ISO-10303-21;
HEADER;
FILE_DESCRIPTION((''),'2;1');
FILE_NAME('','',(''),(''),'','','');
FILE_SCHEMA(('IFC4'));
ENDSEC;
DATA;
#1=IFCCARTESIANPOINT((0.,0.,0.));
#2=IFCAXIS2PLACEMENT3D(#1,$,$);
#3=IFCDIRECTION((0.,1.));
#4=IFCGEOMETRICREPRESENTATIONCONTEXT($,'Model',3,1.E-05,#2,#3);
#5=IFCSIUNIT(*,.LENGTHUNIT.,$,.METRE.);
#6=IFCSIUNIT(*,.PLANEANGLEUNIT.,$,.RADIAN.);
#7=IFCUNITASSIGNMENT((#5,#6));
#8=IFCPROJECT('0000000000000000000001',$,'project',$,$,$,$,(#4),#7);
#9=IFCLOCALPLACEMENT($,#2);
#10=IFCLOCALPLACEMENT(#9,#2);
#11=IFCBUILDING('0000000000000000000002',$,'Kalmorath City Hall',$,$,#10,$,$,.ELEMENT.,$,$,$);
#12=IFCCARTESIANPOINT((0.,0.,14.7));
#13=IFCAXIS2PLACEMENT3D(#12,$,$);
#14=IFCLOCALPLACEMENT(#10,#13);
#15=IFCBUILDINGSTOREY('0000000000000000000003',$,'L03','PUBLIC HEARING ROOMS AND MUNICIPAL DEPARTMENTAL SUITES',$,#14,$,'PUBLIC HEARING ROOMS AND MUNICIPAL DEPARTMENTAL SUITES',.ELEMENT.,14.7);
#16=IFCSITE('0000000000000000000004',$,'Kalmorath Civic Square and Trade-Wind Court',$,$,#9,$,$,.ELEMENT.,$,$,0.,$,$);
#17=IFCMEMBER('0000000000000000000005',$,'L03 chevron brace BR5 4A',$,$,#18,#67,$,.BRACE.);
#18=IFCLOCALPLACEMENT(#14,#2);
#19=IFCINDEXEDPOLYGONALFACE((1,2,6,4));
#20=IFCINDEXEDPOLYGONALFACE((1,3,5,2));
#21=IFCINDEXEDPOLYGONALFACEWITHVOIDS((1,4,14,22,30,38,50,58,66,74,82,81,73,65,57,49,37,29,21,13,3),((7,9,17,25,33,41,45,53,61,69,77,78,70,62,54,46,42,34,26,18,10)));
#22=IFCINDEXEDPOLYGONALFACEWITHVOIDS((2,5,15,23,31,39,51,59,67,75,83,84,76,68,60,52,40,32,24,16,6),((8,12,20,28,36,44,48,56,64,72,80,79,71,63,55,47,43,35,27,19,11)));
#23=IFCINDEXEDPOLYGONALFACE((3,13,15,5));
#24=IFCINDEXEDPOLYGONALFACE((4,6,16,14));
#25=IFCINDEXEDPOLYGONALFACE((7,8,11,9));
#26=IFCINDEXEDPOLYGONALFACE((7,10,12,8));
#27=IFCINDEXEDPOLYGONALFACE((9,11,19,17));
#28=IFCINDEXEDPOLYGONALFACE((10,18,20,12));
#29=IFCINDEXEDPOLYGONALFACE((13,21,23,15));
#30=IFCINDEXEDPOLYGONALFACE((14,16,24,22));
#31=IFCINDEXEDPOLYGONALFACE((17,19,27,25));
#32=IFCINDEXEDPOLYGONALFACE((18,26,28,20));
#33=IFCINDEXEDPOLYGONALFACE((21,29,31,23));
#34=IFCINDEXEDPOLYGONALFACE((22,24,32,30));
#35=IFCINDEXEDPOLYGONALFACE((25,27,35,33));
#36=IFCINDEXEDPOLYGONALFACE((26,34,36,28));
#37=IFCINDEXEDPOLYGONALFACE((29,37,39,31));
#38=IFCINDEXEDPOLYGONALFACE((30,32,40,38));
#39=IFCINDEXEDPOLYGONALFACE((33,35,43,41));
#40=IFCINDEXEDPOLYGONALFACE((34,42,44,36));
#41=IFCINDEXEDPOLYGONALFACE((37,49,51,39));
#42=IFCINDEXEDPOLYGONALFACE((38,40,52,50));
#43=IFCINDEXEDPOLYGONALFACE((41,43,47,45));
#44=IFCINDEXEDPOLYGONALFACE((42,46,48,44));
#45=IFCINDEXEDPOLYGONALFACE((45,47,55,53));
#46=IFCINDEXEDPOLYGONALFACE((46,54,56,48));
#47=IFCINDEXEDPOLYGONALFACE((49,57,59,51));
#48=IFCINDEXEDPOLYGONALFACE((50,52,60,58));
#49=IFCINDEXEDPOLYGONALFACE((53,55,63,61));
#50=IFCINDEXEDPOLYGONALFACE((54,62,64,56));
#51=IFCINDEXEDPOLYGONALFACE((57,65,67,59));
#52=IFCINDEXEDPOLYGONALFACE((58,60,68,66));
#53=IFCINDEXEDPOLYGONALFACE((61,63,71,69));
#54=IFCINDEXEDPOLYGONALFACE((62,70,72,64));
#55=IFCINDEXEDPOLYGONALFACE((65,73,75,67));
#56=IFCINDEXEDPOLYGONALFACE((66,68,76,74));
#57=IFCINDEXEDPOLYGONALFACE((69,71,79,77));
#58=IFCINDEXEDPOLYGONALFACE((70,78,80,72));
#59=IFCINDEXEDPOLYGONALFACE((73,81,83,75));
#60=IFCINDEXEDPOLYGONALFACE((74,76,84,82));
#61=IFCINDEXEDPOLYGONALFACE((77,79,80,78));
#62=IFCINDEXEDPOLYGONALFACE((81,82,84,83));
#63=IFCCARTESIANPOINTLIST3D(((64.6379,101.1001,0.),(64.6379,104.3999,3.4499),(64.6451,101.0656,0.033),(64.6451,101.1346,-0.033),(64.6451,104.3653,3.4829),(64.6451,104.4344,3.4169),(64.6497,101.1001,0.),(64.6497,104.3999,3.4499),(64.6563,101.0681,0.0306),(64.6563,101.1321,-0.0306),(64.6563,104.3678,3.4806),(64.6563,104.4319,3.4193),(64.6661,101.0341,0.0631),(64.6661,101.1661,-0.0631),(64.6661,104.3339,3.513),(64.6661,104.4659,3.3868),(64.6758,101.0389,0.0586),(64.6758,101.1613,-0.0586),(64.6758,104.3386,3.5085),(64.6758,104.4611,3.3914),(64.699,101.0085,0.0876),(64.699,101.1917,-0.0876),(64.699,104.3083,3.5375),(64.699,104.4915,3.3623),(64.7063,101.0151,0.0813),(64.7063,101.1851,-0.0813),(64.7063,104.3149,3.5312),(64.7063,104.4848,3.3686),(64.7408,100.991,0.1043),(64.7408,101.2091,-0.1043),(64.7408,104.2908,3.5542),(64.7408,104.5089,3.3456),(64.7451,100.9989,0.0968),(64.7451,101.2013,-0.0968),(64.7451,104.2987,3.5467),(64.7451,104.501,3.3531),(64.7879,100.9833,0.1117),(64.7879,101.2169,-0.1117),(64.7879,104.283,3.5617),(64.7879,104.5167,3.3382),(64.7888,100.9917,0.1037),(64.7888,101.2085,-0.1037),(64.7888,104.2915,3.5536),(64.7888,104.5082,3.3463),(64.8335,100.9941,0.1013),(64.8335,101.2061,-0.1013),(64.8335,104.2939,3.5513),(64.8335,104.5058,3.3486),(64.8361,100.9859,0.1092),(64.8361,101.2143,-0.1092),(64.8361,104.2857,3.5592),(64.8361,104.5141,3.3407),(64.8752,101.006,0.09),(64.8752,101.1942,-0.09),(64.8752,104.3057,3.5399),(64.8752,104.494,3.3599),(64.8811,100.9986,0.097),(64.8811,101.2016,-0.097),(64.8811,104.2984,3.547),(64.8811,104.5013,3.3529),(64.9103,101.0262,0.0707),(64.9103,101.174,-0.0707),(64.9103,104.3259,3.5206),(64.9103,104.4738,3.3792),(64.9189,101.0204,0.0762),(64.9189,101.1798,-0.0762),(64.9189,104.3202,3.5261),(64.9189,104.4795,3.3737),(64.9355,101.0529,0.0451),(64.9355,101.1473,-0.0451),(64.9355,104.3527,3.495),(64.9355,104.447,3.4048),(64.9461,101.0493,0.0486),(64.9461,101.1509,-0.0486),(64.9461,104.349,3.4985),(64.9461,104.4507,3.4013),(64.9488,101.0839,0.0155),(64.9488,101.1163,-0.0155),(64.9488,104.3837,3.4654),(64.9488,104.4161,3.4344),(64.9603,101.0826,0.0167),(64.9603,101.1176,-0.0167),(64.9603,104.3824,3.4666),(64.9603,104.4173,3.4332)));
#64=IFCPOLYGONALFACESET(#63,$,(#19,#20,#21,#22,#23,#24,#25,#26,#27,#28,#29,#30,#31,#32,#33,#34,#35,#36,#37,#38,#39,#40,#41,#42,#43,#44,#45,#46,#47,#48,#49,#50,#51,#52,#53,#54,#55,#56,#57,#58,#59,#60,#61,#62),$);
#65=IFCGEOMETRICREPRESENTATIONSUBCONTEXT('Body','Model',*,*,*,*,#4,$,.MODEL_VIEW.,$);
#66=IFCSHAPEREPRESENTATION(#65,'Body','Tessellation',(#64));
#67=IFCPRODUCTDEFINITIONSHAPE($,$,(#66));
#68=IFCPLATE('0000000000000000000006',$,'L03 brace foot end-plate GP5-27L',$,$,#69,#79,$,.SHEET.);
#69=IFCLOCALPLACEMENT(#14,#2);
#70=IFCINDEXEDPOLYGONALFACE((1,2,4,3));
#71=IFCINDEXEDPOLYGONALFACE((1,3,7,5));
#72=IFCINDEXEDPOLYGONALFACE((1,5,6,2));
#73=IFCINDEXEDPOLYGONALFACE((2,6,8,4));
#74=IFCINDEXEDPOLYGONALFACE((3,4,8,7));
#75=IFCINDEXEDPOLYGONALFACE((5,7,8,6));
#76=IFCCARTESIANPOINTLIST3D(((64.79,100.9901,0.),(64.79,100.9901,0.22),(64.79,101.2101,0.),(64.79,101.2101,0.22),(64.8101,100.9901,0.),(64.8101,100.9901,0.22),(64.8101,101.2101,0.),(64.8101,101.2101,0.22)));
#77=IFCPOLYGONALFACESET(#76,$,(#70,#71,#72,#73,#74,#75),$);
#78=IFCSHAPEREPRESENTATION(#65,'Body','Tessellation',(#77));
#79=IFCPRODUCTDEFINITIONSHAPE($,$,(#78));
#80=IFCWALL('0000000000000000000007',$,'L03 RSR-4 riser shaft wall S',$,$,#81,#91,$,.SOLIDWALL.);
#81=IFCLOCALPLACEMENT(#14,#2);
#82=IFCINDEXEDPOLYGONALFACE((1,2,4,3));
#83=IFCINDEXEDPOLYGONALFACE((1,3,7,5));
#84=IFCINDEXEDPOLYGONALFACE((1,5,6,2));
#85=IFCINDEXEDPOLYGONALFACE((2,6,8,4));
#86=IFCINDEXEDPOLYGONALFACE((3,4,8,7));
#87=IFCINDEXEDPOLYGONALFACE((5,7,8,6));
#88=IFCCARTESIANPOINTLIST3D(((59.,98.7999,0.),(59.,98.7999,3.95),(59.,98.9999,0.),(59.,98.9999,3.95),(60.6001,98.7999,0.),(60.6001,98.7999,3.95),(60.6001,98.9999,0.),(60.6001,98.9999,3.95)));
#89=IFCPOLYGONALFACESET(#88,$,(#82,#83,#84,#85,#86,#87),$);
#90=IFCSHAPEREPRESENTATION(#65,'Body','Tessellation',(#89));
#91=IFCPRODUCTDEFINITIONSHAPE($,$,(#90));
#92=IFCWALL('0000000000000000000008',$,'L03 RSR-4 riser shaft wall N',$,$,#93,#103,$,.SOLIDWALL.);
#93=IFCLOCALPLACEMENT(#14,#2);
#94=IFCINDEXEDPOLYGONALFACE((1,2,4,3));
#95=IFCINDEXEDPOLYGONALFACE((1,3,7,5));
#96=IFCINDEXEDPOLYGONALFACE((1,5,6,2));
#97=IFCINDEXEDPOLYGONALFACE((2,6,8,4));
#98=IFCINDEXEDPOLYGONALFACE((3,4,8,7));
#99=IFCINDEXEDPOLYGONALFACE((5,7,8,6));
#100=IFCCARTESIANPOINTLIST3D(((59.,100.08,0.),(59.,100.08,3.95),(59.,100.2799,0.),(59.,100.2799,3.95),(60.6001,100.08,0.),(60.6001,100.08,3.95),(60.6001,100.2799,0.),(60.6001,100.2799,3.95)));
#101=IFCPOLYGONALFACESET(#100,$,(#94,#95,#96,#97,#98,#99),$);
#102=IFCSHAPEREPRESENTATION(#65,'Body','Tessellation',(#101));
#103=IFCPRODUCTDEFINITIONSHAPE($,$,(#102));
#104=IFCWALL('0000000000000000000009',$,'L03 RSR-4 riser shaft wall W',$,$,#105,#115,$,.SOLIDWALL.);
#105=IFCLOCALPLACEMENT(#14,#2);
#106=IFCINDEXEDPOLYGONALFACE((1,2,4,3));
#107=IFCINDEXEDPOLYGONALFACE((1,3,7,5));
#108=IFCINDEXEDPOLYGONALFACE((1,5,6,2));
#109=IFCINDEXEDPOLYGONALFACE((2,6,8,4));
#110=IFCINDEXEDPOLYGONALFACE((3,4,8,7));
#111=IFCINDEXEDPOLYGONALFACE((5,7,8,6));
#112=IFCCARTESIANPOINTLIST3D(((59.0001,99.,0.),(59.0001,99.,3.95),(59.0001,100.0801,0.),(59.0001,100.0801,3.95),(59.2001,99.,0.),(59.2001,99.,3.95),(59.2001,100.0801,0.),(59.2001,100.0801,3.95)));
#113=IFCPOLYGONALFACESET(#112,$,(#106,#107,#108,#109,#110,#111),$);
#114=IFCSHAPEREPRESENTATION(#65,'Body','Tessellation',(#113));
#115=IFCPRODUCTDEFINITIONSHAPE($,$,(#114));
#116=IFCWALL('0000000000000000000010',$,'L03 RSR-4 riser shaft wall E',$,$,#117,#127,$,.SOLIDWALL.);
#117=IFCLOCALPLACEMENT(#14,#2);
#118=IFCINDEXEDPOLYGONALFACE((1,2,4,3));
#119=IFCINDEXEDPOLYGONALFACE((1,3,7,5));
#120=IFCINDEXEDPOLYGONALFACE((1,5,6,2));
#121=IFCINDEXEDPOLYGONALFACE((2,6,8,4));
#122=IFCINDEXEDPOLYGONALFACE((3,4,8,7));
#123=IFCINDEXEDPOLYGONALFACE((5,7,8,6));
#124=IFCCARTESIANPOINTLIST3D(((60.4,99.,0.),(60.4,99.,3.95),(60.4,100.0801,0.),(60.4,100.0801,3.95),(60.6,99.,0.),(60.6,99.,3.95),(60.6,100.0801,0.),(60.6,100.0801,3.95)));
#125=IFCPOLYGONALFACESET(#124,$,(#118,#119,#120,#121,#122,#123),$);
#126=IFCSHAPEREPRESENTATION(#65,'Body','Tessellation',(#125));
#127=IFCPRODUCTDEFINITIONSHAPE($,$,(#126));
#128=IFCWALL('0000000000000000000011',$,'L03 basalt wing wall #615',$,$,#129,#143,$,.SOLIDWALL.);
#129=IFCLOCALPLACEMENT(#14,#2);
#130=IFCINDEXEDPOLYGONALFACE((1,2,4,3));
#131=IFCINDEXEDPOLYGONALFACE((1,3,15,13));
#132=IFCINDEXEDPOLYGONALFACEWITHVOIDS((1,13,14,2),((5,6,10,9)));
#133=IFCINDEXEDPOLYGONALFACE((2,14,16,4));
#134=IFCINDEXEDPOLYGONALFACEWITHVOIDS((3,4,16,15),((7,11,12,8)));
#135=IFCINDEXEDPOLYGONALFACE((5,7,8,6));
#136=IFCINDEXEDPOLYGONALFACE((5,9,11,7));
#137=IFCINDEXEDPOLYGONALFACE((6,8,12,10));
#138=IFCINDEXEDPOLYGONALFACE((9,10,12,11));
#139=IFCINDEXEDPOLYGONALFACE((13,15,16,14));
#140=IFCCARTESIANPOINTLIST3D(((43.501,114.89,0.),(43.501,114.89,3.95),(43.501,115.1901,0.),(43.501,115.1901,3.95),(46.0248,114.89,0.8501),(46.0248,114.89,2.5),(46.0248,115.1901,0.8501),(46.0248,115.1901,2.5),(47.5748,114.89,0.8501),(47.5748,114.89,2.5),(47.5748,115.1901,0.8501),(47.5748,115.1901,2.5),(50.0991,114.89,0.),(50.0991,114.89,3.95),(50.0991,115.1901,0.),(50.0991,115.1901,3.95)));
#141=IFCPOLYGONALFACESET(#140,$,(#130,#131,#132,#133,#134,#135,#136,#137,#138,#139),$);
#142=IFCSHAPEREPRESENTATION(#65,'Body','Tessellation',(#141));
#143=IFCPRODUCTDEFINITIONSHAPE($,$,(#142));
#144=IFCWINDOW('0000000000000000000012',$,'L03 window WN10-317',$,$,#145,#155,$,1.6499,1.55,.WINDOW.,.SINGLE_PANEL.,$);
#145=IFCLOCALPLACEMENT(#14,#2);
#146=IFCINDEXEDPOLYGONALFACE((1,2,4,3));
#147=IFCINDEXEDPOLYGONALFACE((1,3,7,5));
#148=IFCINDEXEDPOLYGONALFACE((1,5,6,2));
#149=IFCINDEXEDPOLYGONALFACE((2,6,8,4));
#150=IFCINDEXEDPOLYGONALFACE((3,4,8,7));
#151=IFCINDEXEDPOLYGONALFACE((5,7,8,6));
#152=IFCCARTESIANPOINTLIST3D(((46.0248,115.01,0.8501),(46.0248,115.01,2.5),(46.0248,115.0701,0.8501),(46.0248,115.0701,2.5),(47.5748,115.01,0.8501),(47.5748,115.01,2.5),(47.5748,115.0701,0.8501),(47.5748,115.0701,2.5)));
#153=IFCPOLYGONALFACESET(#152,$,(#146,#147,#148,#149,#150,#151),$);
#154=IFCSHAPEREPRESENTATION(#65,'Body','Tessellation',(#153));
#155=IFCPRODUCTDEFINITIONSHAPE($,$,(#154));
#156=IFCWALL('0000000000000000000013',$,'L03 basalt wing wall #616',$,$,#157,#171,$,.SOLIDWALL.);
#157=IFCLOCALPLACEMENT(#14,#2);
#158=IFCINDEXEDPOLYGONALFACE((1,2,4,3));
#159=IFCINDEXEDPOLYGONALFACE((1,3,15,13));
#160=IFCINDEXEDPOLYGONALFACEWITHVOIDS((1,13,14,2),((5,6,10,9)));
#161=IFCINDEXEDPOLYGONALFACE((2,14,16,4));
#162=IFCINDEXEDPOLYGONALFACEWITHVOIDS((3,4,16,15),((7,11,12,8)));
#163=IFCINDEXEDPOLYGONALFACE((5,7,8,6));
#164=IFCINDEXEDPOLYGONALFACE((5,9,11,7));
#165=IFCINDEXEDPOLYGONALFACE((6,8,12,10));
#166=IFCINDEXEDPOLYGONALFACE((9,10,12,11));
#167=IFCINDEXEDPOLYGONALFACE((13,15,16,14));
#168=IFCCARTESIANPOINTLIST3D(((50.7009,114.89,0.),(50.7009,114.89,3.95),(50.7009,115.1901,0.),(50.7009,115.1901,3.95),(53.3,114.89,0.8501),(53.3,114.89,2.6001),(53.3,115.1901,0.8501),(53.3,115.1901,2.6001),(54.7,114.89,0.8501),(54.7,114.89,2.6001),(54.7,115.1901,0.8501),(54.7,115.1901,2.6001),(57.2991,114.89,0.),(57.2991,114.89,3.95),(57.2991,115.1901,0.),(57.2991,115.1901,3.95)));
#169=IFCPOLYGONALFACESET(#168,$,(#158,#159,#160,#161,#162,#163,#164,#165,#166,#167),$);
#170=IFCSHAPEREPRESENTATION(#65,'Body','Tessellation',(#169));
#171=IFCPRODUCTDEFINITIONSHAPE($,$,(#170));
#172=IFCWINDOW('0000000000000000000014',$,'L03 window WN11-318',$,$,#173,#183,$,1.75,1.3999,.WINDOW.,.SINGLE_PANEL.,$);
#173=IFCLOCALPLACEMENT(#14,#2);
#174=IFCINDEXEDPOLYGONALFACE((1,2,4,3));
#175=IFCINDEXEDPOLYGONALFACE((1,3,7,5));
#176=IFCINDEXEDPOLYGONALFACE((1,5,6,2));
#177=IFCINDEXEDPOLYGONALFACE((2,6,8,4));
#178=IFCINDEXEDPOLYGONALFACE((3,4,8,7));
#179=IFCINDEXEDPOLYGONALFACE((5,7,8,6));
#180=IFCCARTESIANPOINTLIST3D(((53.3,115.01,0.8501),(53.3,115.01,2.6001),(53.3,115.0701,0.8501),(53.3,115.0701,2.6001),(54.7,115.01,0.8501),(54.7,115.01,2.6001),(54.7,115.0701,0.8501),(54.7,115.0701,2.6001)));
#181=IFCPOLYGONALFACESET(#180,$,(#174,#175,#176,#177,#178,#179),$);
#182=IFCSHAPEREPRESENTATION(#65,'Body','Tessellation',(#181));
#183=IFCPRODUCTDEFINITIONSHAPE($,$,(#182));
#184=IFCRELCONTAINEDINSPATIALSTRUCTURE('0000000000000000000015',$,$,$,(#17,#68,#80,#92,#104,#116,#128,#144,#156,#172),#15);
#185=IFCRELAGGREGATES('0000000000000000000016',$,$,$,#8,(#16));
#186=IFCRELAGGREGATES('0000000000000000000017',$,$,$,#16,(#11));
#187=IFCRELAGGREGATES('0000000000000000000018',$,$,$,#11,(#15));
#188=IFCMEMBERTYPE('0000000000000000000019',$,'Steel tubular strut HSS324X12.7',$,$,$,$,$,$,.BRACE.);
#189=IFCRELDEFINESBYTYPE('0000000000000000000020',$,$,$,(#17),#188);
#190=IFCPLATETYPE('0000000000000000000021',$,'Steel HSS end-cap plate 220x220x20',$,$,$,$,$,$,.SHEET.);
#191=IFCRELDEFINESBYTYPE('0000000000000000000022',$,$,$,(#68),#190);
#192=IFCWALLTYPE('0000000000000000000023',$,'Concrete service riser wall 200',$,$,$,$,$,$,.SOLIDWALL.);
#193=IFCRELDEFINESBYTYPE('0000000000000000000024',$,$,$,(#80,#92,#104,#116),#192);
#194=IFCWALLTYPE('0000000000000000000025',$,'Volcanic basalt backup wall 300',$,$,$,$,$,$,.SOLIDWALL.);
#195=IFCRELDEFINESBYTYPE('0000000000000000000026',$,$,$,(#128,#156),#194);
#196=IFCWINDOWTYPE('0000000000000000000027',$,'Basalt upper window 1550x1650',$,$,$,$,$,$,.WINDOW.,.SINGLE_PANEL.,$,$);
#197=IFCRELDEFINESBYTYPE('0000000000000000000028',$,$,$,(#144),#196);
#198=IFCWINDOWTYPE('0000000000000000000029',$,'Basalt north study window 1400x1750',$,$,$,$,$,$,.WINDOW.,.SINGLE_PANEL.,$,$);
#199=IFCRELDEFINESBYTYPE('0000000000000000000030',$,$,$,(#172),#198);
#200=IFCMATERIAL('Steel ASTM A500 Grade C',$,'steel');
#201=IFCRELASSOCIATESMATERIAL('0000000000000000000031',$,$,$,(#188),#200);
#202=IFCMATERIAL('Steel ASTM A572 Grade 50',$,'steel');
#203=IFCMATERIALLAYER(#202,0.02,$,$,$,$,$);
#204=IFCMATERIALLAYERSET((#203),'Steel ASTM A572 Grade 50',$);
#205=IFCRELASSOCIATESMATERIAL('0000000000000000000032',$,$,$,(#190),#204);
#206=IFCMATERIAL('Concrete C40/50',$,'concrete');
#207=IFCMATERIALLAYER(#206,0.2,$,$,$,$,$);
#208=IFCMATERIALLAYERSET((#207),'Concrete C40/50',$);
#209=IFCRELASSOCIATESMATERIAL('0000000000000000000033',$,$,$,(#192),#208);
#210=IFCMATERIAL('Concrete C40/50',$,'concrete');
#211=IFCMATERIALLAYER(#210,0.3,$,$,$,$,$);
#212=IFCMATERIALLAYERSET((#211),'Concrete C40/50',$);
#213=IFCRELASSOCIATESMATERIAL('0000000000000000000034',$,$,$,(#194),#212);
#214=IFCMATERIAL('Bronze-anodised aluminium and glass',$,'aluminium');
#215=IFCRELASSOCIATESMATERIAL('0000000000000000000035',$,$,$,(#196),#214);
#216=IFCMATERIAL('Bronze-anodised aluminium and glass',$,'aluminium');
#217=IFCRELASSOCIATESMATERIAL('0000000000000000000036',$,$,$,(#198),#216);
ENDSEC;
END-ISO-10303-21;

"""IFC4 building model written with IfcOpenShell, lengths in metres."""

from ifc_helpers import new_model, si_unit, direction, frame, frame_2d, origin, origin_2d, place, context, subcontext, project, spatial, rectangle, hollow_circle, extrude, material, layer, layer_set, material_profile, profile_set, type_object, element, fill, save


model = new_model("IFC4")

# Units and contexts
model_context = context("Model", 3, precision=1e-05, world=origin(), true_north=direction((0.0, 1.0)))
body_context = subcontext(model_context, "Body", "Model", "MODEL_VIEW")
ifc_project = project(units=[si_unit("LENGTHUNIT", "METRE"), si_unit("PLANEANGLEUNIT", "RADIAN")], contexts=[model_context])

# Site, building, storey
site_placement = place(None, origin())
site = spatial("IfcSite", under=ifc_project, at=site_placement, Name="Kalmorath Civic Square and Trade-Wind Court", CompositionType="ELEMENT", RefElevation=0.0)
building_placement = place(site_placement, origin())
building = spatial("IfcBuilding", under=site, at=building_placement, Name="Kalmorath City Hall", CompositionType="ELEMENT")
storey_placement = place(building_placement, frame((0.0, 0.0, 14.7)))
storey = spatial("IfcBuildingStorey", under=building, at=storey_placement, Name="L03", Description="PUBLIC HEARING ROOMS AND MUNICIPAL DEPARTMENTAL SUITES", LongName="PUBLIC HEARING ROOMS AND MUNICIPAL DEPARTMENTAL SUITES", CompositionType="ELEMENT", Elevation=14.7)

# Member
ifc_material_1 = material(Name="Steel ASTM A500 Grade C", Category="steel")
ifc_material_profile_1 = material_profile(ifc_material_1, hollow_circle(Radius=0.1621, WallThickness=0.0117, at=origin_2d()), Name="HSS324X12.7")
ifc_profile_set_1 = profile_set([ifc_material_profile_1], Name="Steel ASTM A500 Grade C")
member_type = type_object("IfcMemberType", Name="Steel tubular strut HSS324X12.7", PredefinedType="BRACE", material=ifc_profile_set_1)
member_placement = place(storey_placement, frame((64.8, 101.1001, 0.0), z_axis=(0.0, 0.691206, 0.722657), x_axis=(-1.0, 0.0, 0.0)))
element("IfcMember", 1, at=member_placement, inside=storey, type_object=member_type, Name="L03 chevron brace BR5 4A", PredefinedType="BRACE", context=body_context, shape_type="SweptSolid", body=[
    extrude(hollow_circle(Radius=0.1621, WallThickness=0.0117, at=origin_2d()), origin(), (0.0, 0.0, 1.0), 4.7739),
])

# Plate
ifc_material_2 = material(Name="Steel ASTM A572 Grade 50", Category="steel")
ifc_layer_1 = layer(ifc_material_2, 0.02)
ifc_layer_set_1 = layer_set([ifc_layer_1], Name="Steel ASTM A572 Grade 50")
plate_type = type_object("IfcPlateType", Name="Steel HSS end-cap plate 220x220x20", PredefinedType="SHEET", material=ifc_layer_set_1)
plate_placement = place(storey_placement, frame((64.8, 101.1001, 0.0), z_axis=(0.0, 0.0, 1.0), x_axis=(0.0, 1.0, 0.0)))
element("IfcPlate", 2, at=plate_placement, inside=storey, type_object=plate_type, Name="L03 brace foot end-plate GP5-27L", PredefinedType="SHEET", context=body_context, shape_type="SweptSolid", body=[
    extrude(rectangle(XDim=0.22, YDim=0.02, at=origin_2d()), origin(), (0.0, 0.0, 1.0), 0.22),
])

# Walls
ifc_material_3 = material(Name="Concrete C40/50", Category="concrete")
ifc_layer_2 = layer(ifc_material_3, 0.2)
ifc_layer_set_2 = layer_set([ifc_layer_2], Name="Concrete C40/50")
wall_type_1 = type_object("IfcWallType", Name="Concrete service riser wall 200", PredefinedType="SOLIDWALL", material=ifc_layer_set_2)
for number, where, z_axis, x_axis, name in (
    (3, (59.0, 98.8999, 0.0), (0.0, 0.0, 1.0), (1.0, 0.0, 0.0), "L03 RSR-4 riser shaft wall S"),
    (4, (60.6001, 100.1799, 0.0), (0.0, 0.0, 1.0), (-1.0, 0.0, 0.0), "L03 RSR-4 riser shaft wall N"),
):
    element("IfcWall", number, at=place(storey_placement, frame(where, z_axis=z_axis, x_axis=x_axis)), inside=storey, type_object=wall_type_1, Name=name, PredefinedType="SOLIDWALL", context=body_context, shape_type="SweptSolid", body=[
        extrude(rectangle(XDim=1.6001, YDim=0.2, at=frame_2d((0.8, 0.0))), origin(), (0.0, 0.0, 1.0), 3.95),
    ])
for number, where, z_axis, x_axis, name in (
    (5, (59.1001, 100.0801, 0.0), (0.0, 0.0, 1.0), (0.0, -1.0, 0.0), "L03 RSR-4 riser shaft wall W"),
    (6, (60.5, 99.0, 0.0), (0.0, 0.0, 1.0), (0.0, 1.0, 0.0), "L03 RSR-4 riser shaft wall E"),
):
    element("IfcWall", number, at=place(storey_placement, frame(where, z_axis=z_axis, x_axis=x_axis)), inside=storey, type_object=wall_type_1, Name=name, PredefinedType="SOLIDWALL", context=body_context, shape_type="SweptSolid", body=[
        extrude(rectangle(XDim=1.0801, YDim=0.2, at=frame_2d((0.54, 0.0))), origin(), (0.0, 0.0, 1.0), 3.95),
    ])

# Walls, openings, windows
ifc_material_4 = material(Name="Concrete C40/50", Category="concrete")
ifc_layer_3 = layer(ifc_material_4, 0.3)
ifc_layer_set_3 = layer_set([ifc_layer_3], Name="Concrete C40/50")
wall_type_2 = type_object("IfcWallType", Name="Volcanic basalt backup wall 300", PredefinedType="SOLIDWALL", material=ifc_layer_set_3)
wall_1_placement = place(storey_placement, frame((43.501, 115.04, 0.0), z_axis=(0.0, 0.0, 1.0), x_axis=(1.0, 0.0, 0.0)))
wall_1 = element("IfcWall", 7, at=wall_1_placement, inside=storey, type_object=wall_type_2, Name="L03 basalt wing wall #615", PredefinedType="SOLIDWALL", context=body_context, shape_type="SweptSolid", body=[
    extrude(rectangle(XDim=6.5981, YDim=0.3, at=frame_2d((3.2991, 0.0))), origin(), (0.0, 0.0, 1.0), 3.95),
])
opening_1_placement = place(wall_1_placement, frame((2.5239, 0.0, 0.8501)))
opening_1 = element("IfcOpeningElement", 8, at=opening_1_placement, cuts=wall_1, PredefinedType="OPENING", context=body_context, shape_type="SweptSolid", body=[
    extrude(rectangle(XDim=1.55, YDim=1.6499, at=frame_2d((0.7749, 0.825))), frame((0.0, 0.1599, 0.0), z_axis=(0.0, -1.0, 0.0), x_axis=(1.0, 0.0, 0.0)), (0.0, 0.0, 1.0), 0.3201),
])
ifc_material_5 = material(Name="Bronze-anodised aluminium and glass", Category="aluminium")
window_type_1 = type_object("IfcWindowType", Name="Basalt upper window 1550x1650", PartitioningType="SINGLE_PANEL", PredefinedType="WINDOW", material=ifc_material_5)
window_1_placement = place(opening_1_placement, origin())
window_1 = element("IfcWindow", 9, at=window_1_placement, inside=storey, type_object=window_type_1, Name="L03 window WN10-317", OverallHeight=1.6499, OverallWidth=1.55, PartitioningType="SINGLE_PANEL", PredefinedType="WINDOW", context=body_context, shape_type="SweptSolid", body=[
    extrude(rectangle(XDim=1.55, YDim=1.6499, at=frame_2d((0.7749, 0.825))), frame((0.0, 0.03, 0.0), z_axis=(0.0, -1.0, 0.0), x_axis=(1.0, 0.0, 0.0)), (0.0, 0.0, 1.0), 0.0601),
])
fill(opening_1, window_1)
wall_2_placement = place(storey_placement, frame((50.7009, 115.04, 0.0), z_axis=(0.0, 0.0, 1.0), x_axis=(1.0, 0.0, 0.0)))
wall_2 = element("IfcWall", 10, at=wall_2_placement, inside=storey, type_object=wall_type_2, Name="L03 basalt wing wall #616", PredefinedType="SOLIDWALL", context=body_context, shape_type="SweptSolid", body=[
    extrude(rectangle(XDim=6.5981, YDim=0.3, at=frame_2d((3.2991, 0.0))), origin(), (0.0, 0.0, 1.0), 3.95),
])
opening_2_placement = place(wall_2_placement, frame((2.5991, 0.0, 0.8501)))
opening_2 = element("IfcOpeningElement", 11, at=opening_2_placement, cuts=wall_2, PredefinedType="OPENING", context=body_context, shape_type="SweptSolid", body=[
    extrude(rectangle(XDim=1.3999, YDim=1.75, at=frame_2d((0.7, 0.875))), frame((0.0, 0.1599, 0.0), z_axis=(0.0, -1.0, 0.0), x_axis=(1.0, 0.0, 0.0)), (0.0, 0.0, 1.0), 0.3201),
])
ifc_material_6 = material(Name="Bronze-anodised aluminium and glass", Category="aluminium")
window_type_2 = type_object("IfcWindowType", Name="Basalt north study window 1400x1750", PartitioningType="SINGLE_PANEL", PredefinedType="WINDOW", material=ifc_material_6)
window_2_placement = place(opening_2_placement, origin())
window_2 = element("IfcWindow", 12, at=window_2_placement, inside=storey, type_object=window_type_2, Name="L03 window WN11-318", OverallHeight=1.75, OverallWidth=1.3999, PartitioningType="SINGLE_PANEL", PredefinedType="WINDOW", context=body_context, shape_type="SweptSolid", body=[
    extrude(rectangle(XDim=1.3999, YDim=1.75, at=frame_2d((0.7, 0.875))), frame((0.0, 0.03, 0.0), z_axis=(0.0, -1.0, 0.0), x_axis=(1.0, 0.0, 0.0)), (0.0, 0.0, 1.0), 0.0601),
])
fill(opening_2, window_2)

save(model, "model.ifc")
